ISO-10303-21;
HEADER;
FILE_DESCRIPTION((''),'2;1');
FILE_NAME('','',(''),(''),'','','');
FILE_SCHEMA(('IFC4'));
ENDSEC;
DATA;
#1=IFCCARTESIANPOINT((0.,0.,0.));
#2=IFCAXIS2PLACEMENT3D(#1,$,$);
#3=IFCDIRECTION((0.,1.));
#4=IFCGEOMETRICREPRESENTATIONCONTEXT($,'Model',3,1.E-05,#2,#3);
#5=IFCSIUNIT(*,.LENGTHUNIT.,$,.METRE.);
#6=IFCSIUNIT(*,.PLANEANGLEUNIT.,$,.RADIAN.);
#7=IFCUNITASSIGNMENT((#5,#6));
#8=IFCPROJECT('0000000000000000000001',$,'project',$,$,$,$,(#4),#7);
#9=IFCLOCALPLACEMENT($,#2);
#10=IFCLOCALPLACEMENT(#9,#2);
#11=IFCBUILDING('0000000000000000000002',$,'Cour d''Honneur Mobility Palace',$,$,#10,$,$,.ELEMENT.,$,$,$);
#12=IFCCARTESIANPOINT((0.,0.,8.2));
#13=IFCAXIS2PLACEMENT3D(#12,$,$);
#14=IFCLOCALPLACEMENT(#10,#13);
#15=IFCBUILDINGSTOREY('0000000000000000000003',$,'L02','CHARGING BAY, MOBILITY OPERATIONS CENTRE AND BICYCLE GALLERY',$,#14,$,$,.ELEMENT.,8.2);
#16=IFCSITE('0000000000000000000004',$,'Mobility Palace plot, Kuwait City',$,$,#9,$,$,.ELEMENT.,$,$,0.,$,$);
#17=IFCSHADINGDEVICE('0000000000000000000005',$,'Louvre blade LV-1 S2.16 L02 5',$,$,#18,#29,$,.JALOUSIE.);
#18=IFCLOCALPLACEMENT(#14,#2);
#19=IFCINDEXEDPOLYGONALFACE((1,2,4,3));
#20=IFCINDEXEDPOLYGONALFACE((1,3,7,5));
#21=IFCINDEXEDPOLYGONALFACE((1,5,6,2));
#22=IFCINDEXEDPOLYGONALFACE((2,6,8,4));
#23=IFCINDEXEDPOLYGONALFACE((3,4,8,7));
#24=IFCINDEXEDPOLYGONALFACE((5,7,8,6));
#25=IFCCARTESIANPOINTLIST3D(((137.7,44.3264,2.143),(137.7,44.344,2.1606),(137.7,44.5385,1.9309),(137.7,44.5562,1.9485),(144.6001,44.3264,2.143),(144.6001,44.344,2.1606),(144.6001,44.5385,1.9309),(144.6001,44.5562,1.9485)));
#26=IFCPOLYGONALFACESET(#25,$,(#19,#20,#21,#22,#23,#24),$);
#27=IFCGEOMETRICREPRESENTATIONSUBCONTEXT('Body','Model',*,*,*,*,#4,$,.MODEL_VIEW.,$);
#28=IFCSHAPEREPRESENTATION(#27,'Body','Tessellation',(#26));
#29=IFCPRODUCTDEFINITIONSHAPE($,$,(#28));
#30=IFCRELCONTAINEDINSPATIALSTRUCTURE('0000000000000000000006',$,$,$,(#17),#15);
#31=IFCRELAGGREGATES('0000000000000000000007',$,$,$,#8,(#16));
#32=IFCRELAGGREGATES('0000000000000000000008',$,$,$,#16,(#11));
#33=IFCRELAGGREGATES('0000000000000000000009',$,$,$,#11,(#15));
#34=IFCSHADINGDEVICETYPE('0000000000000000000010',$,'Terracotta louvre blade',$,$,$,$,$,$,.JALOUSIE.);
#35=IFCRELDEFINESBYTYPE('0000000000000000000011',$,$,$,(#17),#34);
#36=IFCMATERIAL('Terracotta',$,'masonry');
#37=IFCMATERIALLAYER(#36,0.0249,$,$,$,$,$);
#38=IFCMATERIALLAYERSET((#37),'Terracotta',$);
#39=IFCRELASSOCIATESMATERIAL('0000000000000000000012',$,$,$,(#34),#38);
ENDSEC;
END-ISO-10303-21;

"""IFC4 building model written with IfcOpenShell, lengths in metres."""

from ifc_helpers import new_model, si_unit, direction, frame, origin, place, context, subcontext, project, spatial, polyline, outline, extrude, material, layer, layer_set, type_object, element, save


model = new_model("IFC4")

# Units and contexts
model_context = context("Model", 3, precision=1e-05, world=origin(), true_north=direction((0.0, 1.0)))
body_context = subcontext(model_context, "Body", "Model", "MODEL_VIEW")
ifc_project = project(units=[si_unit("LENGTHUNIT", "METRE"), si_unit("PLANEANGLEUNIT", "RADIAN")], contexts=[model_context])

# Site, building, storey
site_placement = place(None, origin())
site = spatial("IfcSite", under=ifc_project, at=site_placement, Name="Mobility Palace plot, Kuwait City", CompositionType="ELEMENT", RefElevation=0.0)
building_placement = place(site_placement, origin())
building = spatial("IfcBuilding", under=site, at=building_placement, Name="Cour d'Honneur Mobility Palace", CompositionType="ELEMENT")
storey_placement = place(building_placement, frame((0.0, 0.0, 8.2)))
storey = spatial("IfcBuildingStorey", under=building, at=storey_placement, Name="L02", Description="CHARGING BAY, MOBILITY OPERATIONS CENTRE AND BICYCLE GALLERY", CompositionType="ELEMENT", Elevation=8.2)

# Shading device
ifc_material_1 = material(Name="Terracotta", Category="masonry")
ifc_layer_1 = layer(ifc_material_1, 0.0249)
ifc_layer_set_1 = layer_set([ifc_layer_1], Name="Terracotta")
shading_device_type = type_object("IfcShadingDeviceType", Name="Terracotta louvre blade", PredefinedType="JALOUSIE", material=ifc_layer_set_1)
for number, where, z_axis, x_axis, name in (
    (1, (137.7, 44.5562, 1.9485), (0.0, 0.707107, 0.707107), (1.0, 0.0, 0.0), "Louvre blade LV-1 S2.16 L02 5"),
):
    element("IfcShadingDevice", number, at=place(storey_placement, frame(where, z_axis=z_axis, x_axis=x_axis)), inside=storey, type_object=shading_device_type, Name=name, PredefinedType="JALOUSIE", context=body_context, shape_type="SweptSolid", body=[
        extrude(outline(polyline([(0.0, 0.0), (6.9001, 0.0), (6.9001, -0.3), (0.0, -0.3), (0.0, 0.0)])), origin(), (0.0, 0.0, -1.0), 0.0249),
    ])

save(model, "model.ifc")
